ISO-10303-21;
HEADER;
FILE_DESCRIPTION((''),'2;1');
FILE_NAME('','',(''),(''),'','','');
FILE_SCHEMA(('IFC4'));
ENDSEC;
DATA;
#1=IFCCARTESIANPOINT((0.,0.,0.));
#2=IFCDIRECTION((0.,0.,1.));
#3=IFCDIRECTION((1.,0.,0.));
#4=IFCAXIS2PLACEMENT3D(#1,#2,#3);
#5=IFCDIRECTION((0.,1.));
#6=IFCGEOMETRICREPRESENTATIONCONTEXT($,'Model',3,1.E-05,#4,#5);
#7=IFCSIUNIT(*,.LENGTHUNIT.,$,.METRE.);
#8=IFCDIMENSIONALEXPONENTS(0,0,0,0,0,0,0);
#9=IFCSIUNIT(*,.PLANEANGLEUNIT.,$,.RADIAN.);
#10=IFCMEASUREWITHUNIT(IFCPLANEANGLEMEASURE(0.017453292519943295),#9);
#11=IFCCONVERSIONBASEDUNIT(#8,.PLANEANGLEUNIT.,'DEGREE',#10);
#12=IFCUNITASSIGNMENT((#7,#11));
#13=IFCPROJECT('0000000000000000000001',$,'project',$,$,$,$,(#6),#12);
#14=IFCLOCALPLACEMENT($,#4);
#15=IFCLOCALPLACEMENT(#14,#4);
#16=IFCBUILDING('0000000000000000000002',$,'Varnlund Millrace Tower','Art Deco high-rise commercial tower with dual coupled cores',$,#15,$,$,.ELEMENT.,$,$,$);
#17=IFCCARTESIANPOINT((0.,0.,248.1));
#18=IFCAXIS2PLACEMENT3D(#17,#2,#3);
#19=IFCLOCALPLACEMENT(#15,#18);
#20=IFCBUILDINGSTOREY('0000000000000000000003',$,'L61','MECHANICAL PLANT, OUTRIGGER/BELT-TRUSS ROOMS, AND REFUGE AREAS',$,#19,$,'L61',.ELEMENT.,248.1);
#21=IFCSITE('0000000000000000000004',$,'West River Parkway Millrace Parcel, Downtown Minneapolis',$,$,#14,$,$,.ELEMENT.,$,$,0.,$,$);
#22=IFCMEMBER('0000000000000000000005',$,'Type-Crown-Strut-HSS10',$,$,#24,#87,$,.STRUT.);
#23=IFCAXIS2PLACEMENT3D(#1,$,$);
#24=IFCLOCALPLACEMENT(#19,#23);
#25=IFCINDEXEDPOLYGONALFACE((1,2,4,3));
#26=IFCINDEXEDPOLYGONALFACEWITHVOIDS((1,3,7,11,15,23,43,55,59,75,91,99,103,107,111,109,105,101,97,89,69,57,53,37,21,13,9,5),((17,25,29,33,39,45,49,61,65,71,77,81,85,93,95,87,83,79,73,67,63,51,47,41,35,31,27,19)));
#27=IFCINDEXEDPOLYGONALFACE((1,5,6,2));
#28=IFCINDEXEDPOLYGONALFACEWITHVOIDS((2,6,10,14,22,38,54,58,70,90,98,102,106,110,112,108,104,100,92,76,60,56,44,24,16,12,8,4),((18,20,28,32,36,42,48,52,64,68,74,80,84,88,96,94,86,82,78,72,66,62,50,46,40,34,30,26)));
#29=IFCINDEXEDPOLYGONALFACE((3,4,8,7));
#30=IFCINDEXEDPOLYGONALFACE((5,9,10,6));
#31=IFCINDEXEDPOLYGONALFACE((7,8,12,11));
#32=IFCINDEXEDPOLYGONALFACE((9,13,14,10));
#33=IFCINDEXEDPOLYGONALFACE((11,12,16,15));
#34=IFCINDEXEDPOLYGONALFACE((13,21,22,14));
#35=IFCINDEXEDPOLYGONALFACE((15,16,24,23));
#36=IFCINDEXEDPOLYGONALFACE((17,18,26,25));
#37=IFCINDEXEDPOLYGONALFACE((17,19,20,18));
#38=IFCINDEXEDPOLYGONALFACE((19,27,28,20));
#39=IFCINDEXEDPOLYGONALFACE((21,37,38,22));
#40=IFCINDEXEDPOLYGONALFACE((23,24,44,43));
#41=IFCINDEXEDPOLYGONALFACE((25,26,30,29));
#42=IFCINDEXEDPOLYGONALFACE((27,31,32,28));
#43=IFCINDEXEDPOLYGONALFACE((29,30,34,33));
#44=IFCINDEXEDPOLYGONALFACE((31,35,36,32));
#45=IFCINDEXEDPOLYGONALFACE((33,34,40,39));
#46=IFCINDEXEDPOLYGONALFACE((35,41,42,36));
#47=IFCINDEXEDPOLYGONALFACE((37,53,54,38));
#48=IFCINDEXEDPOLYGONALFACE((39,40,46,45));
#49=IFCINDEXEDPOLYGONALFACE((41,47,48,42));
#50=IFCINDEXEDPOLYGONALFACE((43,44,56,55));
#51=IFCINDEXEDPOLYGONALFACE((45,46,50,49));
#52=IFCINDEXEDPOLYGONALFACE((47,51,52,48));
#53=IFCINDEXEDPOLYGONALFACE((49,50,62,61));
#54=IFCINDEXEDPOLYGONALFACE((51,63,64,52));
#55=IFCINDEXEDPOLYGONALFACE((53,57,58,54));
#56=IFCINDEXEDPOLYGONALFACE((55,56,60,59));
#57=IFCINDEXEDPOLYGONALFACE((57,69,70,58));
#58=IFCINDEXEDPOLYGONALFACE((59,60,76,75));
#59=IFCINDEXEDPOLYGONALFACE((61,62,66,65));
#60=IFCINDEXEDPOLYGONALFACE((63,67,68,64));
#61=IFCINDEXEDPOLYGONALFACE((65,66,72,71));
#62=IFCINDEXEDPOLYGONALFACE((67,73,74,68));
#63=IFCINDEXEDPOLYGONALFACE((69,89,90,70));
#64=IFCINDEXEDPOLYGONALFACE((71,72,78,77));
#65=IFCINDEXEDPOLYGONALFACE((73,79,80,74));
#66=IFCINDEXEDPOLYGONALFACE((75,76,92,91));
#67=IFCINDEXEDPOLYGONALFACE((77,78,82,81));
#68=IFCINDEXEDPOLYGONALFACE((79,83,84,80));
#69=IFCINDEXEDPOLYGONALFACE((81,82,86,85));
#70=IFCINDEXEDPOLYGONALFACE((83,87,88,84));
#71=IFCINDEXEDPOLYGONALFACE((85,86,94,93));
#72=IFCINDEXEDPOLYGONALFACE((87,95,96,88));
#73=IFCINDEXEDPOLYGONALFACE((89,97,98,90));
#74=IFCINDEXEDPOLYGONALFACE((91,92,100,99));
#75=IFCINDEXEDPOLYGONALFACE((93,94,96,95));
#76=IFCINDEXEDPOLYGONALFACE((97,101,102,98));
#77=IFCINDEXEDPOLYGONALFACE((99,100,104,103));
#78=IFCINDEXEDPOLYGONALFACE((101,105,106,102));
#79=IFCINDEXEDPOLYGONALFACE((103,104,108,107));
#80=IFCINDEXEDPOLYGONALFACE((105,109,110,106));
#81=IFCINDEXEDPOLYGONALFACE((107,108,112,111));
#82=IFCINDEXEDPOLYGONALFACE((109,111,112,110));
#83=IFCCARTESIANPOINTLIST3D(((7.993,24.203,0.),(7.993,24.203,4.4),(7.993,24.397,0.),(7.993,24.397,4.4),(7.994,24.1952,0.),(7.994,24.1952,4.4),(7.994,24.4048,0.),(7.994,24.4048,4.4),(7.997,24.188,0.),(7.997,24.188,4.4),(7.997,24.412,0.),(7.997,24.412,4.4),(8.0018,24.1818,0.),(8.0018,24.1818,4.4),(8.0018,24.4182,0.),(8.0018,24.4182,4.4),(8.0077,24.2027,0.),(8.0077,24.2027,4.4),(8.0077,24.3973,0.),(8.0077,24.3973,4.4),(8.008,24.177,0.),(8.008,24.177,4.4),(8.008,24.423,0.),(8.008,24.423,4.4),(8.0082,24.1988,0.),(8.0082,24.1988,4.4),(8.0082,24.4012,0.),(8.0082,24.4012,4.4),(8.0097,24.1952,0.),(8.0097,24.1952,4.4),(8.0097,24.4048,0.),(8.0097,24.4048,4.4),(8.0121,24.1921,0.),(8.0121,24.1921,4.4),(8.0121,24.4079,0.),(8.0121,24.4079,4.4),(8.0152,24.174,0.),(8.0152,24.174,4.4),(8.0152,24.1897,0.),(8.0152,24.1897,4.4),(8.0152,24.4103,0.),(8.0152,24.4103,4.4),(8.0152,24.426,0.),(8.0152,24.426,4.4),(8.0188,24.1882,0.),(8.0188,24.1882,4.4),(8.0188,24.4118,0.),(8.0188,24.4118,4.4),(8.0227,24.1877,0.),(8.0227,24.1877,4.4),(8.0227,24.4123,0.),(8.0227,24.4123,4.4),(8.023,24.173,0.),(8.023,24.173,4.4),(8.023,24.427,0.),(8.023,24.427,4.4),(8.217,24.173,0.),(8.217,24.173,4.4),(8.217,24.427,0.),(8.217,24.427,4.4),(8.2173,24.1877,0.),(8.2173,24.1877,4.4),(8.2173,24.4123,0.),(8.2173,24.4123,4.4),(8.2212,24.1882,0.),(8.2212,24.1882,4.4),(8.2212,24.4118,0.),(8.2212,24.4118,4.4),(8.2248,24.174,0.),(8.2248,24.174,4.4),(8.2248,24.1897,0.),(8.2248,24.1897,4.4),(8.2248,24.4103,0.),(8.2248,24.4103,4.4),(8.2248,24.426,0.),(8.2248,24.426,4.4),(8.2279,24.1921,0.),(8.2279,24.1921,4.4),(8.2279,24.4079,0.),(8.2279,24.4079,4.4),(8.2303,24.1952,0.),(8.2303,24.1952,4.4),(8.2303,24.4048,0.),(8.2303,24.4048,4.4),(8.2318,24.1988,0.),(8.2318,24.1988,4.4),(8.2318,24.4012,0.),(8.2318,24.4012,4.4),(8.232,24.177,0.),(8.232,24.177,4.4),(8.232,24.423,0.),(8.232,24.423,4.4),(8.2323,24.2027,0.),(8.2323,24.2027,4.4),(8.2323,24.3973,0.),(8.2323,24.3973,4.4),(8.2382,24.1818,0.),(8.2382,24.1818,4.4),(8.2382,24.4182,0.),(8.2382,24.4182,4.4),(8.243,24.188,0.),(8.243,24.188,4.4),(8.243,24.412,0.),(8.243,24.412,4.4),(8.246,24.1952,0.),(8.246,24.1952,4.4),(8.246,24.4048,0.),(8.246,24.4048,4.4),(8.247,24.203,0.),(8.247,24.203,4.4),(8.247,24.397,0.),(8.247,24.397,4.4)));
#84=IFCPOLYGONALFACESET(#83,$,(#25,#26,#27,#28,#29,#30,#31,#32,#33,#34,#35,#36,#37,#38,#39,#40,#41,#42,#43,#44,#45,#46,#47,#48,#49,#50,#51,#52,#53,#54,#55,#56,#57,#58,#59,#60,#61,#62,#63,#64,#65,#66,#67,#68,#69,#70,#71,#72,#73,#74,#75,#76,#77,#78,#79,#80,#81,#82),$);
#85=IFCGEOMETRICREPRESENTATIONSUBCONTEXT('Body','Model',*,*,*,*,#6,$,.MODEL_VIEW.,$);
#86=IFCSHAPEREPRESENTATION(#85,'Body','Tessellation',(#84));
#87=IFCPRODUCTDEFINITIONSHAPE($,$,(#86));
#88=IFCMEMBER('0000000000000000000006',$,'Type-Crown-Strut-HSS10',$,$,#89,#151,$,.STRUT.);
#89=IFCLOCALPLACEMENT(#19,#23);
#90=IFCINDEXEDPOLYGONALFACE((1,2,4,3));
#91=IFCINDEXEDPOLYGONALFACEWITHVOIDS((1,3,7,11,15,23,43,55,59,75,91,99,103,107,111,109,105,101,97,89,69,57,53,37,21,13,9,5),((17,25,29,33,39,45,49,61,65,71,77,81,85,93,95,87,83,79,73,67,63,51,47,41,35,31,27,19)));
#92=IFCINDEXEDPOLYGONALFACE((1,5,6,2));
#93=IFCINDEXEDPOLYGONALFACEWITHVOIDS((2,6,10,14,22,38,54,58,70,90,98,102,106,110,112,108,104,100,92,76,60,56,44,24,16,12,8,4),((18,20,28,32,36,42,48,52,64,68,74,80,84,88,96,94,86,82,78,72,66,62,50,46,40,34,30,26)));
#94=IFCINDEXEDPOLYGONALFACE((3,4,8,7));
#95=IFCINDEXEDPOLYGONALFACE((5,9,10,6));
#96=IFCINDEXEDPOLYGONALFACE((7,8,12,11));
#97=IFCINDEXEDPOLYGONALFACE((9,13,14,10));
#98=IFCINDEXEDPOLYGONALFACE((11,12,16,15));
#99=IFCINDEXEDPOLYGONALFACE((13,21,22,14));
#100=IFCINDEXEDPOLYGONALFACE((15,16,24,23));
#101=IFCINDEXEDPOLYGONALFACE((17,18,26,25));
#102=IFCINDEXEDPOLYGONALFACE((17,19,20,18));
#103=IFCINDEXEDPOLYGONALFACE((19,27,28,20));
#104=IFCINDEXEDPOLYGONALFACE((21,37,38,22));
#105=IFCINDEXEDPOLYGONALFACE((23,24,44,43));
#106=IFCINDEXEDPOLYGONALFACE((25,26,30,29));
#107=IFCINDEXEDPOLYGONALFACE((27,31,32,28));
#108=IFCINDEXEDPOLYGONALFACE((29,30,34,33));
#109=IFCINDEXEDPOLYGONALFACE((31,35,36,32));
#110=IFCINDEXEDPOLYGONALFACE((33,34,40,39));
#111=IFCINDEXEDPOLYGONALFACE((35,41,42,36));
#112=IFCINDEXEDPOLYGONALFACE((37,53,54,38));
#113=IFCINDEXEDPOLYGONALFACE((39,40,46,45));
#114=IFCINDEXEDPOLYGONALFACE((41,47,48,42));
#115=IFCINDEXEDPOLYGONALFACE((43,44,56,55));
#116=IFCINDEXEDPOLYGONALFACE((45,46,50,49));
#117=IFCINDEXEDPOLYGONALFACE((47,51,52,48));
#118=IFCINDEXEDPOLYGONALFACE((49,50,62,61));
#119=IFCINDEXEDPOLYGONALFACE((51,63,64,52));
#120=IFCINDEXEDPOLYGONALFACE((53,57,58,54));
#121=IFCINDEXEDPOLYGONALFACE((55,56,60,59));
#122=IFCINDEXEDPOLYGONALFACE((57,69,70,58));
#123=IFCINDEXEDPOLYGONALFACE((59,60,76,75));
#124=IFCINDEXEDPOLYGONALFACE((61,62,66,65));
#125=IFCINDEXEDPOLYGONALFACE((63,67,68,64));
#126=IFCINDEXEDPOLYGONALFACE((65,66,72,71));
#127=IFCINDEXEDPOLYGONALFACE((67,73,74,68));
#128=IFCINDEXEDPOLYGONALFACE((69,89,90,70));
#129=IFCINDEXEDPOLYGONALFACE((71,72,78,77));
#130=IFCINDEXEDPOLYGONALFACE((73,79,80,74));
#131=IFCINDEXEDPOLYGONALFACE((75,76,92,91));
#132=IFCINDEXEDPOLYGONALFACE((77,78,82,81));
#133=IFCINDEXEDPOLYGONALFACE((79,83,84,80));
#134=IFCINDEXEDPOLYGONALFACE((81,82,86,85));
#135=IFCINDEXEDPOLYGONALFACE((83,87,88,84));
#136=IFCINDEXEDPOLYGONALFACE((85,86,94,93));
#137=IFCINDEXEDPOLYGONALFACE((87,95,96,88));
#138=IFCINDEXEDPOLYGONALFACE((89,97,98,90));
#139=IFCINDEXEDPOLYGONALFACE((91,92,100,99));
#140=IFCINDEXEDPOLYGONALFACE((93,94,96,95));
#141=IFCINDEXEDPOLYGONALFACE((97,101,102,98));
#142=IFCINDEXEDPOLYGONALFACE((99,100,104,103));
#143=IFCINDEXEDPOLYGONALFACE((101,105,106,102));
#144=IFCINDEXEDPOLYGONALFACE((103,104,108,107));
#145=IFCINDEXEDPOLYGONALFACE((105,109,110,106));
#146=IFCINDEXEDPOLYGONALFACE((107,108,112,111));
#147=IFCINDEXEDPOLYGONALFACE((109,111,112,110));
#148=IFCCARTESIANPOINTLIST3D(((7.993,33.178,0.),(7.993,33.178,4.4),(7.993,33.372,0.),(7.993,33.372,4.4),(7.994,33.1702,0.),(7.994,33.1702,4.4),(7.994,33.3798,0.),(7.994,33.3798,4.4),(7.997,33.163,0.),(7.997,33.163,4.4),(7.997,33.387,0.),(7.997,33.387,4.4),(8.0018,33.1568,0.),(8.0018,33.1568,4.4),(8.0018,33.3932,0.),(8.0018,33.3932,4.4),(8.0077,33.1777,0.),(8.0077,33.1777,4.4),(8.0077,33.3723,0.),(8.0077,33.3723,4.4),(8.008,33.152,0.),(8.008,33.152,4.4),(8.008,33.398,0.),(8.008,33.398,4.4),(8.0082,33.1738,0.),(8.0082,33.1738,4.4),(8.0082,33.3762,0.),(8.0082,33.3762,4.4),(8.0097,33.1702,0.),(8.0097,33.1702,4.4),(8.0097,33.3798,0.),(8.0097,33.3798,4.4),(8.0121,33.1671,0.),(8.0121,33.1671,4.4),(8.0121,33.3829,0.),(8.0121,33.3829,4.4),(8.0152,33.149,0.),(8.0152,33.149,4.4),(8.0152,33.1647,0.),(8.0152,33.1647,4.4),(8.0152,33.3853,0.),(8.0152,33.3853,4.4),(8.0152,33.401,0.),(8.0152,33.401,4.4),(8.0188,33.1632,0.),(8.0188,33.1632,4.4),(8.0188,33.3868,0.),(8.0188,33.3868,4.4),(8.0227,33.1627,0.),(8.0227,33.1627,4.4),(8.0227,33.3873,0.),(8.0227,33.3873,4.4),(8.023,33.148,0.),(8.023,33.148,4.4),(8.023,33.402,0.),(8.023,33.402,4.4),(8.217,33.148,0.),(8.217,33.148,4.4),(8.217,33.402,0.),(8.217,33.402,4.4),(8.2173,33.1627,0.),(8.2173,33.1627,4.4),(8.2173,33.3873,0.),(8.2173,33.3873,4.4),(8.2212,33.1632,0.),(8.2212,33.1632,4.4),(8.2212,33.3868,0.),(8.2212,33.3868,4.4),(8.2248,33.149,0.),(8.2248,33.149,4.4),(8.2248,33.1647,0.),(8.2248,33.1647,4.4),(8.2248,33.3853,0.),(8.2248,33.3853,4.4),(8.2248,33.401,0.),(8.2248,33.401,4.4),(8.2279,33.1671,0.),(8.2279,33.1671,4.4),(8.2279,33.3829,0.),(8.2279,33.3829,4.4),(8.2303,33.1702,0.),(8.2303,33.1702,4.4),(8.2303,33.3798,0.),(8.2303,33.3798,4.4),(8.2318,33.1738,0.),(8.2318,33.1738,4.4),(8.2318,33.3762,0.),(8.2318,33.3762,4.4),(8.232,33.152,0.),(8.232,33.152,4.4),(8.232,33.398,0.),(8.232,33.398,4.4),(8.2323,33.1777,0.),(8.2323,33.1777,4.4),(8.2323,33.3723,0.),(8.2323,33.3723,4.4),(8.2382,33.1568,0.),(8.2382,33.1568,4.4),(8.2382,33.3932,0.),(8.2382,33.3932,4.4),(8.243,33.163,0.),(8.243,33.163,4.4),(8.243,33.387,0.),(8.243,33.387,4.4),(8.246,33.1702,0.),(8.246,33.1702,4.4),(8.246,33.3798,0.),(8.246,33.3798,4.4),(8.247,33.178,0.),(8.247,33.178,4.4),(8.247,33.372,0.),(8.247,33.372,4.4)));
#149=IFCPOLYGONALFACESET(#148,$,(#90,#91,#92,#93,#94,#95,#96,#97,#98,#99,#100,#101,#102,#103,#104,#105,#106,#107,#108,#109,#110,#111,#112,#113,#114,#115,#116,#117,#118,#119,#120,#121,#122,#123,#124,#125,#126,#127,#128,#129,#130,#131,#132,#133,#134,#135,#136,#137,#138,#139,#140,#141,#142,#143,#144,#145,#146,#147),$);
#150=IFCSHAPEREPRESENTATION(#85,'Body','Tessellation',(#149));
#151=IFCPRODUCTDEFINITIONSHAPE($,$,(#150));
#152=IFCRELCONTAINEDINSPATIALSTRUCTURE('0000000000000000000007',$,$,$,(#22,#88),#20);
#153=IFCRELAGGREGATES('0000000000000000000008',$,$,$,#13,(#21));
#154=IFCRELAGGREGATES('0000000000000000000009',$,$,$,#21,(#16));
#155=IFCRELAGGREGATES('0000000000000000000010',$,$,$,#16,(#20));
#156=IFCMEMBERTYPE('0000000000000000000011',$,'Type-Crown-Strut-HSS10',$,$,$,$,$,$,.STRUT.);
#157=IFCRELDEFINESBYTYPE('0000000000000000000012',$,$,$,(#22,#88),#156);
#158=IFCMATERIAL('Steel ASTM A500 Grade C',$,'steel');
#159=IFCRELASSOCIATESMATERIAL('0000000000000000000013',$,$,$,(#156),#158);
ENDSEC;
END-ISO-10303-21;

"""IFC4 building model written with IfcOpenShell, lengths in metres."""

from ifc_helpers import new_model, entity, si_unit, converted_unit, direction, frame, origin_with_axes, origin_2d_with_axis, place, context, subcontext, project, spatial, hollow_rectangle, extrude, material, material_profile, profile_set, type_object, element, save


model = new_model("IFC4")

# Units and contexts
model_context = context("Model", 3, precision=1e-05, world=origin_with_axes(), true_north=direction((0.0, 1.0)))
body_context = subcontext(model_context, "Body", "Model", "MODEL_VIEW")
ifc_project = project(units=[si_unit("LENGTHUNIT", "METRE"), converted_unit("PLANEANGLEUNIT", "DEGREE", entity("IfcPlaneAngleMeasure", 0.017453292519943295), si_unit("PLANEANGLEUNIT", "RADIAN"), dimensions=[0, 0, 0, 0, 0, 0, 0])], contexts=[model_context])

# Site, building, storey
site_placement = place(None, origin_with_axes())
site = spatial("IfcSite", under=ifc_project, at=site_placement, Name="West River Parkway Millrace Parcel, Downtown Minneapolis", CompositionType="ELEMENT", RefElevation=0.0)
building_placement = place(site_placement, origin_with_axes())
building = spatial("IfcBuilding", under=site, at=building_placement, Name="Varnlund Millrace Tower", Description="Art Deco high-rise commercial tower with dual coupled cores", CompositionType="ELEMENT")
storey_placement = place(building_placement, frame((0.0, 0.0, 248.1), z_axis=(0.0, 0.0, 1.0), x_axis=(1.0, 0.0, 0.0)))
storey = spatial("IfcBuildingStorey", under=building, at=storey_placement, Name="L61", Description="MECHANICAL PLANT, OUTRIGGER/BELT-TRUSS ROOMS, AND REFUGE AREAS", LongName="L61", CompositionType="ELEMENT", Elevation=248.1)

# Members
ifc_material_1 = material(Name="Steel ASTM A500 Grade C", Category="steel")
ifc_material_profile_1 = material_profile(ifc_material_1, hollow_rectangle(XDim=0.254, YDim=0.254, WallThickness=0.0147, InnerFilletRadius=0.015, OuterFilletRadius=0.03, at=origin_2d_with_axis()), Name="Steel ASTM A500 Grade C")
ifc_profile_set_1 = profile_set([ifc_material_profile_1], Name="Steel ASTM A500 Grade C")
member_type = type_object("IfcMemberType", Name="Type-Crown-Strut-HSS10", PredefinedType="STRUT", material=ifc_profile_set_1)
for number, where, z_axis, x_axis, name in (
    (1, (8.12, 24.3, 0.0), (0.0, 0.0, 1.0), (1.0, 0.0, 0.0), "Type-Crown-Strut-HSS10"),
    (2, (8.12, 33.275, 0.0), (0.0, 0.0, 1.0), (1.0, 0.0, 0.0), "Type-Crown-Strut-HSS10"),
):
    element("IfcMember", number, at=place(storey_placement, frame(where, z_axis=z_axis, x_axis=x_axis)), inside=storey, type_object=member_type, Name=name, PredefinedType="STRUT", context=body_context, shape_type="SweptSolid", body=[
        extrude(hollow_rectangle(XDim=0.254, YDim=0.254, WallThickness=0.0147, InnerFilletRadius=0.015, OuterFilletRadius=0.03, at=origin_2d_with_axis()), origin_with_axes(), (0.0, 0.0, 1.0), 4.4),
    ])

save(model, "model.ifc")
